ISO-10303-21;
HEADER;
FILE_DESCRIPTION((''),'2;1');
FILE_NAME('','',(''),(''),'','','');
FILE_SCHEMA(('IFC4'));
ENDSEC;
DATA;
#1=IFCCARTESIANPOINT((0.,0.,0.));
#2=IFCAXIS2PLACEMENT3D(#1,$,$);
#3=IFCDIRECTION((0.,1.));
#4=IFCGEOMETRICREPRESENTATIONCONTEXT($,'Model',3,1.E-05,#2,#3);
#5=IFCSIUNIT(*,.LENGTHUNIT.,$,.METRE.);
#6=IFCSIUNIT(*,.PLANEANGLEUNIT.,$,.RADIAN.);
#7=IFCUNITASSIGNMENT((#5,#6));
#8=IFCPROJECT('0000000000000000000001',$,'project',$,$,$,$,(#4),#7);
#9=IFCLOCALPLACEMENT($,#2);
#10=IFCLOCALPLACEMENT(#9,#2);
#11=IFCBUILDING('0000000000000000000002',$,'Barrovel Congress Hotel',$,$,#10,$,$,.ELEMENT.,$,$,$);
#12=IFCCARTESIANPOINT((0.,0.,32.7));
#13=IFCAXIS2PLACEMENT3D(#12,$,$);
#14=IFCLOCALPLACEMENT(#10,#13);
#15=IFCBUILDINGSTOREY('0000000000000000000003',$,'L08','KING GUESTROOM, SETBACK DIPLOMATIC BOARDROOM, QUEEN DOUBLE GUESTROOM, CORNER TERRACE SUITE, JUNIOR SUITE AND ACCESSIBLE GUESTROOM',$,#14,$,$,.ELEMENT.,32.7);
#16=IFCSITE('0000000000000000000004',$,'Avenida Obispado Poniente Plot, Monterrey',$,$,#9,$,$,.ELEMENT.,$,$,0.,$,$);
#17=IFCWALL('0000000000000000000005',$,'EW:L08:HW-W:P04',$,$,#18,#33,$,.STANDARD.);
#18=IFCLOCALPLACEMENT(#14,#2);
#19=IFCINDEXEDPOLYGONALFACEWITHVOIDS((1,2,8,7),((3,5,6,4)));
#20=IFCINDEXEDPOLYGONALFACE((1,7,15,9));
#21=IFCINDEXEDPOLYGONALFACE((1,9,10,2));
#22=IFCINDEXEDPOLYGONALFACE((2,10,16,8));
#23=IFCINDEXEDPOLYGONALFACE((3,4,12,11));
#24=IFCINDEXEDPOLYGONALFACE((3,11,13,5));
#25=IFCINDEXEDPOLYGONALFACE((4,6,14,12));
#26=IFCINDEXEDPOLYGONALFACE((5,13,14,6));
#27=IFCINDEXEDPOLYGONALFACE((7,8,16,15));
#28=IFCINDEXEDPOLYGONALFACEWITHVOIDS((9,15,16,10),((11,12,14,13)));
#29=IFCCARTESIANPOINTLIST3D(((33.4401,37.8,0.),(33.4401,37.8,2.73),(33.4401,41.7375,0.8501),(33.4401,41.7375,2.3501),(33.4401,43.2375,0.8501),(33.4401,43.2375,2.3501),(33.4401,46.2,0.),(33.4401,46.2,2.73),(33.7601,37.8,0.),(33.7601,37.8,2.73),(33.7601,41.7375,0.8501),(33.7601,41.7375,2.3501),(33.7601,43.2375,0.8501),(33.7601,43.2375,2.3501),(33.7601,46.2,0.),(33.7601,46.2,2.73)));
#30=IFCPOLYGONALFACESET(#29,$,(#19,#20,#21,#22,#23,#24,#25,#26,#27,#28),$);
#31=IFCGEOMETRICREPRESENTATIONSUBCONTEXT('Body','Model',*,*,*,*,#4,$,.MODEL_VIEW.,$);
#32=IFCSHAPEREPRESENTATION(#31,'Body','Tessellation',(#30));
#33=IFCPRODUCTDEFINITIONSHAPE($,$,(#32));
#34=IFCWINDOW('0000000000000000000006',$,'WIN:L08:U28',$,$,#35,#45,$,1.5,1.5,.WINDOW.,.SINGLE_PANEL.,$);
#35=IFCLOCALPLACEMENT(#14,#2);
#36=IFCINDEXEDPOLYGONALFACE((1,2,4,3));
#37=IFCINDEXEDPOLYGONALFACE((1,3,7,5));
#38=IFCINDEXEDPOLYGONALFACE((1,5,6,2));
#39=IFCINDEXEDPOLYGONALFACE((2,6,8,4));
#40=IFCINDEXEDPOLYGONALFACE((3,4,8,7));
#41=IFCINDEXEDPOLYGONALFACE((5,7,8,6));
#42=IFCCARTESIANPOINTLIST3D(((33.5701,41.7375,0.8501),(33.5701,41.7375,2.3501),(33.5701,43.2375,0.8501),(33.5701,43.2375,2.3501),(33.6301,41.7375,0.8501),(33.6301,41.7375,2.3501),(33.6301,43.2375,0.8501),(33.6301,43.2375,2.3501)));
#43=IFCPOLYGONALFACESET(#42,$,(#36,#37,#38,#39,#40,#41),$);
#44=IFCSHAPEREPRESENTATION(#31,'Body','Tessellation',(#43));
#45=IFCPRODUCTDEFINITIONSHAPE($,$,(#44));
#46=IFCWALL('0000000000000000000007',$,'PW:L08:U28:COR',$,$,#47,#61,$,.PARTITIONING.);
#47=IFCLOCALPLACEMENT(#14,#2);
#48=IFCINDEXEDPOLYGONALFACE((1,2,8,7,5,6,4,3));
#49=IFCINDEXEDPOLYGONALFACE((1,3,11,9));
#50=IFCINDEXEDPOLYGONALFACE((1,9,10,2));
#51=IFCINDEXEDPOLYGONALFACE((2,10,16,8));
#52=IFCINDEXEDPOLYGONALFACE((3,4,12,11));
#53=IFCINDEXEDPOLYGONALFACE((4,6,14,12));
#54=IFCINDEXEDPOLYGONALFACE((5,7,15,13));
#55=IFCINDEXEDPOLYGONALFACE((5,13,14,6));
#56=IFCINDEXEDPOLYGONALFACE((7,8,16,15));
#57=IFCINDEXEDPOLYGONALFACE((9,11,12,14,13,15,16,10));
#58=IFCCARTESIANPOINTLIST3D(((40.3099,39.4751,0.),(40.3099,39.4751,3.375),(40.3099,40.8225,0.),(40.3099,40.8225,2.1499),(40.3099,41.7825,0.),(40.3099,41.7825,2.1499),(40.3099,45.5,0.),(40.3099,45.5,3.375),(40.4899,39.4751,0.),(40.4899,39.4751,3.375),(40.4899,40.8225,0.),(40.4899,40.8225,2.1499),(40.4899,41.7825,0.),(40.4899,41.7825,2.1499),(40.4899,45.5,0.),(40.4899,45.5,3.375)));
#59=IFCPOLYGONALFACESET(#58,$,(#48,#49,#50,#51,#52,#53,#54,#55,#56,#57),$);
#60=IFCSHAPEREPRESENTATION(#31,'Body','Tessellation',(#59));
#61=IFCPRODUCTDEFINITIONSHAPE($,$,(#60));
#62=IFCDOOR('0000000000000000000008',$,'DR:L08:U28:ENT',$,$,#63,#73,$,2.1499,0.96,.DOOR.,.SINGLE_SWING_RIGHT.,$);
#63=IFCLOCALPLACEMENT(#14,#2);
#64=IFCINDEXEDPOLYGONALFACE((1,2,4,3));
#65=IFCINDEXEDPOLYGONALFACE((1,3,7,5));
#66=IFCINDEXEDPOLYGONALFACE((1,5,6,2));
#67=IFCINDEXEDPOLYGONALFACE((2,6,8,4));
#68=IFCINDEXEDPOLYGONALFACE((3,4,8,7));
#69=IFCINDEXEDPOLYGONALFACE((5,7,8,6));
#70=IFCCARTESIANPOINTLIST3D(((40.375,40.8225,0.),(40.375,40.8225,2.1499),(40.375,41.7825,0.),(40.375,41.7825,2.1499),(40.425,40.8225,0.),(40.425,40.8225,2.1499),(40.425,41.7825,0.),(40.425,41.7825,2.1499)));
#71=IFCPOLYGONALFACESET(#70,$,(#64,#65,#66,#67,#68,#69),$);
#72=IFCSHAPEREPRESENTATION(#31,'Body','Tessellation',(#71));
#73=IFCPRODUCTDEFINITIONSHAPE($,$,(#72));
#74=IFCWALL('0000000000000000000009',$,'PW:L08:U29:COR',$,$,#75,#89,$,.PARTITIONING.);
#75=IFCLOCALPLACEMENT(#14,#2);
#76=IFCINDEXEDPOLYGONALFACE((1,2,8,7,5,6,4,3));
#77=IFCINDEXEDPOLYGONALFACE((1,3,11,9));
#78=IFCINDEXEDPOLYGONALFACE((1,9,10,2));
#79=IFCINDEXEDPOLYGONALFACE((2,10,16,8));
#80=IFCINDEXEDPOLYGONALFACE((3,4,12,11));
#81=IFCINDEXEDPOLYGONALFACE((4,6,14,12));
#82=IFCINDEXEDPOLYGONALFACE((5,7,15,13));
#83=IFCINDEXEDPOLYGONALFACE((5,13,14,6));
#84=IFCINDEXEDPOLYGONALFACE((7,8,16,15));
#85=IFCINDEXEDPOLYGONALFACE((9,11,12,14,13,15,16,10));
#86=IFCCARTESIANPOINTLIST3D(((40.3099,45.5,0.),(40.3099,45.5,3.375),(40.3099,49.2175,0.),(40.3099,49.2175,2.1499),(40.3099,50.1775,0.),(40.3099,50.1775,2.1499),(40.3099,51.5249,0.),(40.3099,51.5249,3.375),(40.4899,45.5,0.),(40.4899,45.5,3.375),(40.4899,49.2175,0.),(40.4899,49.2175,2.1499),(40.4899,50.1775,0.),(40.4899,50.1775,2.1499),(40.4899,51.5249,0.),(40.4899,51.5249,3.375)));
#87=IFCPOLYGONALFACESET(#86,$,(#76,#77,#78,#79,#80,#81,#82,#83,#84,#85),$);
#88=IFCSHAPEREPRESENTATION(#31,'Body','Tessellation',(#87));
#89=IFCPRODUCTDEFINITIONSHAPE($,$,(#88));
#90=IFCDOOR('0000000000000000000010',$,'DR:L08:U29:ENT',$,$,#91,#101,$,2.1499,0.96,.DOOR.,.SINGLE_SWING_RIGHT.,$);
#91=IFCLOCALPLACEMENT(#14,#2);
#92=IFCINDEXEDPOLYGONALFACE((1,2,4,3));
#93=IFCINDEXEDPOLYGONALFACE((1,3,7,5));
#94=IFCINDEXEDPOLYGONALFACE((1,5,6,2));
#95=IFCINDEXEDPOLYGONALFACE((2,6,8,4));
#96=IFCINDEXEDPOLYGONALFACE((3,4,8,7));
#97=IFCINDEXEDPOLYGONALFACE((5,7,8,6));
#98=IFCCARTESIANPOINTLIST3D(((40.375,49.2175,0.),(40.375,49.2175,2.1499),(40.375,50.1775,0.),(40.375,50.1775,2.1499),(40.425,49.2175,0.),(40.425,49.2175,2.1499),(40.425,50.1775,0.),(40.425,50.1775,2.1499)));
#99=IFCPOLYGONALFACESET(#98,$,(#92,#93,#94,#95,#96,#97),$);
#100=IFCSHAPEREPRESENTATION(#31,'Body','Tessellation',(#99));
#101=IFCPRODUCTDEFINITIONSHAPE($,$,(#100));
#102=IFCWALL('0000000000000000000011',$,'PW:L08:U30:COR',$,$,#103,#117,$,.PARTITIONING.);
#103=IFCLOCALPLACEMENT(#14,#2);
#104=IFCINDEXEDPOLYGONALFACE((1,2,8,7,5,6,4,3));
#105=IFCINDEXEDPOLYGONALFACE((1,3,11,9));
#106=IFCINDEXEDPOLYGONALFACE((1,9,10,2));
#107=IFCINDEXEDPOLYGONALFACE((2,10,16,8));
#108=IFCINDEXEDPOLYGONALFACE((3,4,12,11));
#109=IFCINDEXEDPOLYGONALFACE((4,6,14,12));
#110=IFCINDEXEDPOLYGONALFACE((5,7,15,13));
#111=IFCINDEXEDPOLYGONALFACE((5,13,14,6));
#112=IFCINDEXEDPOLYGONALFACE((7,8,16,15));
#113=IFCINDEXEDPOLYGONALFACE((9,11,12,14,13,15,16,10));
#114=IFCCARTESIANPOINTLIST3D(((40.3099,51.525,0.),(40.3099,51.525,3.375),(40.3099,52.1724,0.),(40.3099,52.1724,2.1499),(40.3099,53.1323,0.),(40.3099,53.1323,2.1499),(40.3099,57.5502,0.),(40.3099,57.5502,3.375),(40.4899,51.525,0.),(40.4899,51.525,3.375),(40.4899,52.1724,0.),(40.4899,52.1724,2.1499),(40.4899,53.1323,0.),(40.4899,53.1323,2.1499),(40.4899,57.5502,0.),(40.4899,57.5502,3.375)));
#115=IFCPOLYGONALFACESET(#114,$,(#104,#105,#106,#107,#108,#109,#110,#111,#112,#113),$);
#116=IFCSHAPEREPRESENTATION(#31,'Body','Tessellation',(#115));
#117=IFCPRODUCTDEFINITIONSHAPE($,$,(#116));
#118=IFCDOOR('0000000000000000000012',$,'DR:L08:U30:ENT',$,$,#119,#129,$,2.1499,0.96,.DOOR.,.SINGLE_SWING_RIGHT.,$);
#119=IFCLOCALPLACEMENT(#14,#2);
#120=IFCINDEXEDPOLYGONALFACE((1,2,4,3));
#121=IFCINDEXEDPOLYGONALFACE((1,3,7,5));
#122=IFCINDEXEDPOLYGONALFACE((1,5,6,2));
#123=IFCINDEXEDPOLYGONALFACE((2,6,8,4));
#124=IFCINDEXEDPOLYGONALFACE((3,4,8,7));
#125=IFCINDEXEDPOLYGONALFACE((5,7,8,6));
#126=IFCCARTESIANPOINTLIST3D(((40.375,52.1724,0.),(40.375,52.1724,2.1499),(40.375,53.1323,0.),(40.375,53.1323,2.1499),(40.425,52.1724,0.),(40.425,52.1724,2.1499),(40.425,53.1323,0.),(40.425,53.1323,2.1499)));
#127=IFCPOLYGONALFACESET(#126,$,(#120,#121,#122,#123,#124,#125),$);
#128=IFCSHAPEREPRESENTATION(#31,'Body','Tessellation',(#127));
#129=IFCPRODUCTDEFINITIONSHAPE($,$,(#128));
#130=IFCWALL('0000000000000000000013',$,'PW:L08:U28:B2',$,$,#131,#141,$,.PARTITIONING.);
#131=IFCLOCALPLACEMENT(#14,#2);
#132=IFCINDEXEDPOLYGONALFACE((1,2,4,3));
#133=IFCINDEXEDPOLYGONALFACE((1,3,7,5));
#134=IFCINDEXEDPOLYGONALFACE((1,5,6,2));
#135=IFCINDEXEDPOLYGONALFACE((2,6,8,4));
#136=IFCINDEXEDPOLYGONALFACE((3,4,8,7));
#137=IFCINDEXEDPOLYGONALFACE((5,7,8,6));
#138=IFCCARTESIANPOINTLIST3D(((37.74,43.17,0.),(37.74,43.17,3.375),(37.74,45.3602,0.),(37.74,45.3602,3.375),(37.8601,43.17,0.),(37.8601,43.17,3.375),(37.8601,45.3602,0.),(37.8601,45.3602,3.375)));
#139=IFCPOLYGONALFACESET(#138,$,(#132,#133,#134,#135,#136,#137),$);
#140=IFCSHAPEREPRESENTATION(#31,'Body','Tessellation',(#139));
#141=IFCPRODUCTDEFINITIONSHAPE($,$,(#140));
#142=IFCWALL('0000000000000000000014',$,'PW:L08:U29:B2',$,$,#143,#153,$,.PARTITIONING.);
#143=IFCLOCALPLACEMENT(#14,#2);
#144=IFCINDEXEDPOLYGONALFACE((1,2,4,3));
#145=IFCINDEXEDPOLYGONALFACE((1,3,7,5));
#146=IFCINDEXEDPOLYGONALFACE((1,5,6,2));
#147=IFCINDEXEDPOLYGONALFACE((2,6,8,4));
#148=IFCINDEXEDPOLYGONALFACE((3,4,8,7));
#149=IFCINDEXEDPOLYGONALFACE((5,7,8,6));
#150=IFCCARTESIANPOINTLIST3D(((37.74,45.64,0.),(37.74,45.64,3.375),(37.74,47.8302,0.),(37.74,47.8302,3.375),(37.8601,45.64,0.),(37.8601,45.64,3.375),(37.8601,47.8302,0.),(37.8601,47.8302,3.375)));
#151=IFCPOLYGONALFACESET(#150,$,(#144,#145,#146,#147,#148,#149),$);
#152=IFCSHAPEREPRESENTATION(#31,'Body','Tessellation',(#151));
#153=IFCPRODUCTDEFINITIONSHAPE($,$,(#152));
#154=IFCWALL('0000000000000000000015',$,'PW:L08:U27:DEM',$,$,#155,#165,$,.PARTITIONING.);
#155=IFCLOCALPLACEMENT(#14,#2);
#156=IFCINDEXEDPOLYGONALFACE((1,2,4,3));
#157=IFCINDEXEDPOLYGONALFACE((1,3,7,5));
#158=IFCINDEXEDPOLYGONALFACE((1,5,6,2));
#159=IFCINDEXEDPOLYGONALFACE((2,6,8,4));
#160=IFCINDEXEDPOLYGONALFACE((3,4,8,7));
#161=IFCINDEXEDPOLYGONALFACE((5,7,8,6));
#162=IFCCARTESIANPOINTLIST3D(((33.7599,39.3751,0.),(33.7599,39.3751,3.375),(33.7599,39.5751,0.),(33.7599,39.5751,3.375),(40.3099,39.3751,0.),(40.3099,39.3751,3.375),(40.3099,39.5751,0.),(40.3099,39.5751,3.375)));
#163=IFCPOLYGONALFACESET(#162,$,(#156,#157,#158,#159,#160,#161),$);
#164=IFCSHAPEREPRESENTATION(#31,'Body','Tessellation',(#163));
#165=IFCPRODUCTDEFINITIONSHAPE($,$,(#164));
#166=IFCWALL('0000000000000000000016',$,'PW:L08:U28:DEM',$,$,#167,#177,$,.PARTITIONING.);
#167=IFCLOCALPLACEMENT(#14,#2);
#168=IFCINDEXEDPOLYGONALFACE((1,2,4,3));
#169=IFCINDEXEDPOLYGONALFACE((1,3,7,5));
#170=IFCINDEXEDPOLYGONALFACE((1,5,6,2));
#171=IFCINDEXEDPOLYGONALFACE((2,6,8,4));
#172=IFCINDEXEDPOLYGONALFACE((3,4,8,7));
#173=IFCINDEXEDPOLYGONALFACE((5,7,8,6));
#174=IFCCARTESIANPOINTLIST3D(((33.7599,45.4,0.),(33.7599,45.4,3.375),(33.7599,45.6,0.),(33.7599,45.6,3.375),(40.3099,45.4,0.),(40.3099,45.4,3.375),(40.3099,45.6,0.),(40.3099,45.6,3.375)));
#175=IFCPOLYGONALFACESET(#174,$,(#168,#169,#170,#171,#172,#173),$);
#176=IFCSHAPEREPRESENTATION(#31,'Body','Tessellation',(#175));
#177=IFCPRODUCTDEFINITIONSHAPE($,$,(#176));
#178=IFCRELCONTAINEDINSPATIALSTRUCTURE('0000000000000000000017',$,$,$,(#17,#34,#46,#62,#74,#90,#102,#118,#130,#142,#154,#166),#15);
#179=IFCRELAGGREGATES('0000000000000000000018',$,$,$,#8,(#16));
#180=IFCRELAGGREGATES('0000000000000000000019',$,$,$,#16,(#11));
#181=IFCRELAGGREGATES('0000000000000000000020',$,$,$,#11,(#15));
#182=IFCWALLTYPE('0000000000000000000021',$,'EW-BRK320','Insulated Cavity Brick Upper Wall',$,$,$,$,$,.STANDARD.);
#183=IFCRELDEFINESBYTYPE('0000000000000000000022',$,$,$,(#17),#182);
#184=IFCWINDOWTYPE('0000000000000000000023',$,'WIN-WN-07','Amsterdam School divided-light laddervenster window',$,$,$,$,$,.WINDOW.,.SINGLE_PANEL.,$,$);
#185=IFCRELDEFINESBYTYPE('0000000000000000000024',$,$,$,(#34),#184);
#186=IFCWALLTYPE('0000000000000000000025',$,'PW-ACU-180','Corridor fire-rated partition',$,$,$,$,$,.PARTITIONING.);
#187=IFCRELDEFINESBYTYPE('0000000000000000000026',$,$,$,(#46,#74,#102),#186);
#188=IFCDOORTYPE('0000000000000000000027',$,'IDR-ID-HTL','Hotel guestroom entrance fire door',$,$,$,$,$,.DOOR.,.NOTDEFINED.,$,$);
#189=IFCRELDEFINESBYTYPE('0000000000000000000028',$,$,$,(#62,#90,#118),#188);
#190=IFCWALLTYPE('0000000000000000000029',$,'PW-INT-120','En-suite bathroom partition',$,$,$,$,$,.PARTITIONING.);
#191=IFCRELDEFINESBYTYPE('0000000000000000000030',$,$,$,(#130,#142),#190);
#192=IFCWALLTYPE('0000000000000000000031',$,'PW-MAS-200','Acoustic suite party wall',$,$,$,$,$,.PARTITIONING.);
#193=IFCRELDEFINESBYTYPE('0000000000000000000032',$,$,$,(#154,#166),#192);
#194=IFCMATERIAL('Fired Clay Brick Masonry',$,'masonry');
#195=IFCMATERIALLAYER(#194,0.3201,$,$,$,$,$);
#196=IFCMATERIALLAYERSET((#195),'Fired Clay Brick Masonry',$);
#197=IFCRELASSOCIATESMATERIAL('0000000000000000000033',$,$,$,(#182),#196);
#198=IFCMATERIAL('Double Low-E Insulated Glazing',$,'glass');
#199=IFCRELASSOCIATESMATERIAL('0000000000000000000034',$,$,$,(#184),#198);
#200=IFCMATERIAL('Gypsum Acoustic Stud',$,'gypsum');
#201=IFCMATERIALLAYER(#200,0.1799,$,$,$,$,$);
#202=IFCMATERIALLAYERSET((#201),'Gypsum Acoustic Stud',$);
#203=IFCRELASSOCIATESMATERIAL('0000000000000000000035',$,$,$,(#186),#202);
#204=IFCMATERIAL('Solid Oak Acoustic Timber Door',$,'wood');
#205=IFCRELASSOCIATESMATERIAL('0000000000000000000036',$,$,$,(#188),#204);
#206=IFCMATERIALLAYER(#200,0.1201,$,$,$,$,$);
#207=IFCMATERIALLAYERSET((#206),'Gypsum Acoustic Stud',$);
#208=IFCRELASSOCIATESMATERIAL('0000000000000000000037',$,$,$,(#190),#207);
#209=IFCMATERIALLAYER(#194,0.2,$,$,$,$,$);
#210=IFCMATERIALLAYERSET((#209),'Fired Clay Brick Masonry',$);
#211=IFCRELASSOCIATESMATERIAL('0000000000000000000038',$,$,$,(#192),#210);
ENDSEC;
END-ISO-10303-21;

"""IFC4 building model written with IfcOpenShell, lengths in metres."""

from ifc_helpers import new_model, si_unit, direction, frame, frame_2d, origin, place, context, subcontext, project, spatial, rectangle, extrude, material, layer, layer_set, type_object, element, fill, save


model = new_model("IFC4")

# Units and contexts
model_context = context("Model", 3, precision=1e-05, world=origin(), true_north=direction((0.0, 1.0)))
body_context = subcontext(model_context, "Body", "Model", "MODEL_VIEW")
ifc_project = project(units=[si_unit("LENGTHUNIT", "METRE"), si_unit("PLANEANGLEUNIT", "RADIAN")], contexts=[model_context])

# Site, building, storey
site_placement = place(None, origin())
site = spatial("IfcSite", under=ifc_project, at=site_placement, Name="Avenida Obispado Poniente Plot, Monterrey", CompositionType="ELEMENT", RefElevation=0.0)
building_placement = place(site_placement, origin())
building = spatial("IfcBuilding", under=site, at=building_placement, Name="Barrovel Congress Hotel", CompositionType="ELEMENT")
storey_placement = place(building_placement, frame((0.0, 0.0, 32.7)))
storey = spatial("IfcBuildingStorey", under=building, at=storey_placement, Name="L08", Description="KING GUESTROOM, SETBACK DIPLOMATIC BOARDROOM, QUEEN DOUBLE GUESTROOM, CORNER TERRACE SUITE, JUNIOR SUITE AND ACCESSIBLE GUESTROOM", CompositionType="ELEMENT", Elevation=32.7)

# Wall, opening, window
ifc_material_1 = material(Name="Fired Clay Brick Masonry", Category="masonry")
ifc_layer_1 = layer(ifc_material_1, 0.3201)
ifc_layer_set_1 = layer_set([ifc_layer_1], Name="Fired Clay Brick Masonry")
wall_type_1 = type_object("IfcWallType", Name="EW-BRK320", Description="Insulated Cavity Brick Upper Wall", PredefinedType="STANDARD", material=ifc_layer_set_1)
wall_1_placement = place(storey_placement, frame((33.6001, 46.2, 0.0), z_axis=(0.0, 0.0, 1.0), x_axis=(0.0, -1.0, 0.0)))
wall_1 = element("IfcWall", 1, at=wall_1_placement, inside=storey, type_object=wall_type_1, Name="EW:L08:HW-W:P04", PredefinedType="STANDARD", context=body_context, shape_type="SweptSolid", body=[
    extrude(rectangle(XDim=8.3999, YDim=0.3201, at=frame_2d((4.2, 0.0))), origin(), (0.0, 0.0, 1.0), 2.73),
])
opening_1_placement = place(wall_1_placement, frame((2.9624, 0.0, 0.8501)))
opening_1 = element("IfcOpeningElement", 2, at=opening_1_placement, cuts=wall_1, PredefinedType="OPENING", context=body_context, shape_type="SweptSolid", body=[
    extrude(rectangle(XDim=1.5, YDim=1.5, at=frame_2d((0.75, 0.75))), frame((0.0, 0.1699, 0.0), z_axis=(0.0, -1.0, 0.0), x_axis=(1.0, 0.0, 0.0)), (0.0, 0.0, 1.0), 0.3401),
])
ifc_material_2 = material(Name="Double Low-E Insulated Glazing", Category="glass")
window_type = type_object("IfcWindowType", Name="WIN-WN-07", Description="Amsterdam School divided-light laddervenster window", PartitioningType="SINGLE_PANEL", PredefinedType="WINDOW", material=ifc_material_2)
window_placement = place(opening_1_placement, origin())
window = element("IfcWindow", 3, at=window_placement, inside=storey, type_object=window_type, Name="WIN:L08:U28", OverallHeight=1.5, OverallWidth=1.5, PartitioningType="SINGLE_PANEL", PredefinedType="WINDOW", context=body_context, shape_type="SweptSolid", body=[
    extrude(rectangle(XDim=1.5, YDim=1.5, at=frame_2d((0.75, 0.75))), frame((0.0, 0.03, 0.0), z_axis=(0.0, -1.0, 0.0), x_axis=(1.0, 0.0, 0.0)), (0.0, 0.0, 1.0), 0.0601),
])
fill(opening_1, window)

# Walls, openings, doors
ifc_material_3 = material(Name="Gypsum Acoustic Stud", Category="gypsum")
ifc_layer_2 = layer(ifc_material_3, 0.1799)
ifc_layer_set_2 = layer_set([ifc_layer_2], Name="Gypsum Acoustic Stud")
wall_type_2 = type_object("IfcWallType", Name="PW-ACU-180", Description="Corridor fire-rated partition", PredefinedType="PARTITIONING", material=ifc_layer_set_2)
wall_2_placement = place(storey_placement, frame((40.3999, 39.4751, 0.0), z_axis=(0.0, 0.0, 1.0), x_axis=(0.0, 1.0, 0.0)))
wall_2 = element("IfcWall", 4, at=wall_2_placement, inside=storey, type_object=wall_type_2, Name="PW:L08:U28:COR", PredefinedType="PARTITIONING", context=body_context, shape_type="SweptSolid", body=[
    extrude(rectangle(XDim=6.0249, YDim=0.1799, at=frame_2d((3.0125, 0.0))), origin(), (0.0, 0.0, 1.0), 3.375),
])
opening_2_placement = place(wall_2_placement, frame((1.3474, 0.0, 0.0)))
opening_2 = element("IfcOpeningElement", 5, at=opening_2_placement, cuts=wall_2, PredefinedType="OPENING", context=body_context, shape_type="SweptSolid", body=[
    extrude(rectangle(XDim=0.96, YDim=2.1499, at=frame_2d((0.48, 1.075))), frame((0.0, 0.1001, 0.0), z_axis=(0.0, -1.0, 0.0), x_axis=(1.0, 0.0, 0.0)), (0.0, 0.0, 1.0), 0.2),
])
ifc_material_4 = material(Name="Solid Oak Acoustic Timber Door", Category="wood")
door_type_1 = type_object("IfcDoorType", Name="IDR-ID-HTL", Description="Hotel guestroom entrance fire door", OperationType="NOTDEFINED", PredefinedType="DOOR", material=ifc_material_4)
door_1_placement = place(opening_2_placement, origin())
door_1 = element("IfcDoor", 6, at=door_1_placement, inside=storey, type_object=door_type_1, Name="DR:L08:U28:ENT", OperationType="SINGLE_SWING_RIGHT", OverallHeight=2.1499, OverallWidth=0.96, PredefinedType="DOOR", context=body_context, shape_type="SweptSolid", body=[
    extrude(rectangle(XDim=0.96, YDim=2.1499, at=frame_2d((0.48, 1.075))), frame((0.0, 0.0249, 0.0), z_axis=(0.0, -1.0, 0.0), x_axis=(1.0, 0.0, 0.0)), (0.0, 0.0, 1.0), 0.05),
])
fill(opening_2, door_1)
wall_3_placement = place(storey_placement, frame((40.3999, 45.5, 0.0), z_axis=(0.0, 0.0, 1.0), x_axis=(0.0, 1.0, 0.0)))
wall_3 = element("IfcWall", 7, at=wall_3_placement, inside=storey, type_object=wall_type_2, Name="PW:L08:U29:COR", PredefinedType="PARTITIONING", context=body_context, shape_type="SweptSolid", body=[
    extrude(rectangle(XDim=6.0249, YDim=0.1799, at=frame_2d((3.0125, 0.0))), origin(), (0.0, 0.0, 1.0), 3.375),
])
opening_3_placement = place(wall_3_placement, frame((3.7175, 0.0, 0.0)))
opening_3 = element("IfcOpeningElement", 8, at=opening_3_placement, cuts=wall_3, PredefinedType="OPENING", context=body_context, shape_type="SweptSolid", body=[
    extrude(rectangle(XDim=0.96, YDim=2.1499, at=frame_2d((0.48, 1.075))), frame((0.0, 0.1001, 0.0), z_axis=(0.0, -1.0, 0.0), x_axis=(1.0, 0.0, 0.0)), (0.0, 0.0, 1.0), 0.2),
])
door_2_placement = place(opening_3_placement, origin())
door_2 = element("IfcDoor", 9, at=door_2_placement, inside=storey, type_object=door_type_1, Name="DR:L08:U29:ENT", OperationType="SINGLE_SWING_RIGHT", OverallHeight=2.1499, OverallWidth=0.96, PredefinedType="DOOR", context=body_context, shape_type="SweptSolid", body=[
    extrude(rectangle(XDim=0.96, YDim=2.1499, at=frame_2d((0.48, 1.075))), frame((0.0, 0.0249, 0.0), z_axis=(0.0, -1.0, 0.0), x_axis=(1.0, 0.0, 0.0)), (0.0, 0.0, 1.0), 0.05),
])
fill(opening_3, door_2)
wall_4_placement = place(storey_placement, frame((40.3999, 51.5249, 0.0), z_axis=(0.0, 0.0, 1.0), x_axis=(0.0, 1.0, 0.0)))
wall_4 = element("IfcWall", 10, at=wall_4_placement, inside=storey, type_object=wall_type_2, Name="PW:L08:U30:COR", PredefinedType="PARTITIONING", context=body_context, shape_type="SweptSolid", body=[
    extrude(rectangle(XDim=6.0251, YDim=0.1799, at=frame_2d((3.0127, 0.0))), origin(), (0.0, 0.0, 1.0), 3.375),
])
opening_4_placement = place(wall_4_placement, frame((0.6475, 0.0, 0.0)))
opening_4 = element("IfcOpeningElement", 11, at=opening_4_placement, cuts=wall_4, PredefinedType="OPENING", context=body_context, shape_type="SweptSolid", body=[
    extrude(rectangle(XDim=0.96, YDim=2.1499, at=frame_2d((0.48, 1.075))), frame((0.0, 0.1001, 0.0), z_axis=(0.0, -1.0, 0.0), x_axis=(1.0, 0.0, 0.0)), (0.0, 0.0, 1.0), 0.2),
])
door_3_placement = place(opening_4_placement, origin())
door_3 = element("IfcDoor", 12, at=door_3_placement, inside=storey, type_object=door_type_1, Name="DR:L08:U30:ENT", OperationType="SINGLE_SWING_RIGHT", OverallHeight=2.1499, OverallWidth=0.96, PredefinedType="DOOR", context=body_context, shape_type="SweptSolid", body=[
    extrude(rectangle(XDim=0.96, YDim=2.1499, at=frame_2d((0.48, 1.075))), frame((0.0, 0.0249, 0.0), z_axis=(0.0, -1.0, 0.0), x_axis=(1.0, 0.0, 0.0)), (0.0, 0.0, 1.0), 0.05),
])
fill(opening_4, door_3)

# Walls
ifc_layer_3 = layer(ifc_material_3, 0.1201)
ifc_layer_set_3 = layer_set([ifc_layer_3], Name="Gypsum Acoustic Stud")
wall_type_3 = type_object("IfcWallType", Name="PW-INT-120", Description="En-suite bathroom partition", PredefinedType="PARTITIONING", material=ifc_layer_set_3)
for number, where, z_axis, x_axis, name in (
    (13, (37.8, 43.1699, 0.0), (0.0, 0.0, 1.0), (0.0, 1.0, 0.0), "PW:L08:U28:B2"),
    (14, (37.8, 45.6399, 0.0), (0.0, 0.0, 1.0), (0.0, 1.0, 0.0), "PW:L08:U29:B2"),
):
    element("IfcWall", number, at=place(storey_placement, frame(where, z_axis=z_axis, x_axis=x_axis)), inside=storey, type_object=wall_type_3, Name=name, PredefinedType="PARTITIONING", context=body_context, shape_type="SweptSolid", body=[
        extrude(rectangle(XDim=2.1902, YDim=0.1201, at=frame_2d((1.0952, 0.0))), origin(), (0.0, 0.0, 1.0), 3.375),
    ])
ifc_layer_4 = layer(ifc_material_1, 0.2)
ifc_layer_set_4 = layer_set([ifc_layer_4], Name="Fired Clay Brick Masonry")
wall_type_4 = type_object("IfcWallType", Name="PW-MAS-200", Description="Acoustic suite party wall", PredefinedType="PARTITIONING", material=ifc_layer_set_4)
for number, where, z_axis, x_axis, name in (
    (15, (33.76, 39.4751, 0.0), (0.0, 0.0, 1.0), (1.0, 0.0, 0.0), "PW:L08:U27:DEM"),
    (16, (33.76, 45.5, 0.0), (0.0, 0.0, 1.0), (1.0, 0.0, 0.0), "PW:L08:U28:DEM"),
):
    element("IfcWall", number, at=place(storey_placement, frame(where, z_axis=z_axis, x_axis=x_axis)), inside=storey, type_object=wall_type_4, Name=name, PredefinedType="PARTITIONING", context=body_context, shape_type="SweptSolid", body=[
        extrude(rectangle(XDim=6.55, YDim=0.2, at=frame_2d((3.2749, 0.0))), origin(), (0.0, 0.0, 1.0), 3.375),
    ])

save(model, "model.ifc")
